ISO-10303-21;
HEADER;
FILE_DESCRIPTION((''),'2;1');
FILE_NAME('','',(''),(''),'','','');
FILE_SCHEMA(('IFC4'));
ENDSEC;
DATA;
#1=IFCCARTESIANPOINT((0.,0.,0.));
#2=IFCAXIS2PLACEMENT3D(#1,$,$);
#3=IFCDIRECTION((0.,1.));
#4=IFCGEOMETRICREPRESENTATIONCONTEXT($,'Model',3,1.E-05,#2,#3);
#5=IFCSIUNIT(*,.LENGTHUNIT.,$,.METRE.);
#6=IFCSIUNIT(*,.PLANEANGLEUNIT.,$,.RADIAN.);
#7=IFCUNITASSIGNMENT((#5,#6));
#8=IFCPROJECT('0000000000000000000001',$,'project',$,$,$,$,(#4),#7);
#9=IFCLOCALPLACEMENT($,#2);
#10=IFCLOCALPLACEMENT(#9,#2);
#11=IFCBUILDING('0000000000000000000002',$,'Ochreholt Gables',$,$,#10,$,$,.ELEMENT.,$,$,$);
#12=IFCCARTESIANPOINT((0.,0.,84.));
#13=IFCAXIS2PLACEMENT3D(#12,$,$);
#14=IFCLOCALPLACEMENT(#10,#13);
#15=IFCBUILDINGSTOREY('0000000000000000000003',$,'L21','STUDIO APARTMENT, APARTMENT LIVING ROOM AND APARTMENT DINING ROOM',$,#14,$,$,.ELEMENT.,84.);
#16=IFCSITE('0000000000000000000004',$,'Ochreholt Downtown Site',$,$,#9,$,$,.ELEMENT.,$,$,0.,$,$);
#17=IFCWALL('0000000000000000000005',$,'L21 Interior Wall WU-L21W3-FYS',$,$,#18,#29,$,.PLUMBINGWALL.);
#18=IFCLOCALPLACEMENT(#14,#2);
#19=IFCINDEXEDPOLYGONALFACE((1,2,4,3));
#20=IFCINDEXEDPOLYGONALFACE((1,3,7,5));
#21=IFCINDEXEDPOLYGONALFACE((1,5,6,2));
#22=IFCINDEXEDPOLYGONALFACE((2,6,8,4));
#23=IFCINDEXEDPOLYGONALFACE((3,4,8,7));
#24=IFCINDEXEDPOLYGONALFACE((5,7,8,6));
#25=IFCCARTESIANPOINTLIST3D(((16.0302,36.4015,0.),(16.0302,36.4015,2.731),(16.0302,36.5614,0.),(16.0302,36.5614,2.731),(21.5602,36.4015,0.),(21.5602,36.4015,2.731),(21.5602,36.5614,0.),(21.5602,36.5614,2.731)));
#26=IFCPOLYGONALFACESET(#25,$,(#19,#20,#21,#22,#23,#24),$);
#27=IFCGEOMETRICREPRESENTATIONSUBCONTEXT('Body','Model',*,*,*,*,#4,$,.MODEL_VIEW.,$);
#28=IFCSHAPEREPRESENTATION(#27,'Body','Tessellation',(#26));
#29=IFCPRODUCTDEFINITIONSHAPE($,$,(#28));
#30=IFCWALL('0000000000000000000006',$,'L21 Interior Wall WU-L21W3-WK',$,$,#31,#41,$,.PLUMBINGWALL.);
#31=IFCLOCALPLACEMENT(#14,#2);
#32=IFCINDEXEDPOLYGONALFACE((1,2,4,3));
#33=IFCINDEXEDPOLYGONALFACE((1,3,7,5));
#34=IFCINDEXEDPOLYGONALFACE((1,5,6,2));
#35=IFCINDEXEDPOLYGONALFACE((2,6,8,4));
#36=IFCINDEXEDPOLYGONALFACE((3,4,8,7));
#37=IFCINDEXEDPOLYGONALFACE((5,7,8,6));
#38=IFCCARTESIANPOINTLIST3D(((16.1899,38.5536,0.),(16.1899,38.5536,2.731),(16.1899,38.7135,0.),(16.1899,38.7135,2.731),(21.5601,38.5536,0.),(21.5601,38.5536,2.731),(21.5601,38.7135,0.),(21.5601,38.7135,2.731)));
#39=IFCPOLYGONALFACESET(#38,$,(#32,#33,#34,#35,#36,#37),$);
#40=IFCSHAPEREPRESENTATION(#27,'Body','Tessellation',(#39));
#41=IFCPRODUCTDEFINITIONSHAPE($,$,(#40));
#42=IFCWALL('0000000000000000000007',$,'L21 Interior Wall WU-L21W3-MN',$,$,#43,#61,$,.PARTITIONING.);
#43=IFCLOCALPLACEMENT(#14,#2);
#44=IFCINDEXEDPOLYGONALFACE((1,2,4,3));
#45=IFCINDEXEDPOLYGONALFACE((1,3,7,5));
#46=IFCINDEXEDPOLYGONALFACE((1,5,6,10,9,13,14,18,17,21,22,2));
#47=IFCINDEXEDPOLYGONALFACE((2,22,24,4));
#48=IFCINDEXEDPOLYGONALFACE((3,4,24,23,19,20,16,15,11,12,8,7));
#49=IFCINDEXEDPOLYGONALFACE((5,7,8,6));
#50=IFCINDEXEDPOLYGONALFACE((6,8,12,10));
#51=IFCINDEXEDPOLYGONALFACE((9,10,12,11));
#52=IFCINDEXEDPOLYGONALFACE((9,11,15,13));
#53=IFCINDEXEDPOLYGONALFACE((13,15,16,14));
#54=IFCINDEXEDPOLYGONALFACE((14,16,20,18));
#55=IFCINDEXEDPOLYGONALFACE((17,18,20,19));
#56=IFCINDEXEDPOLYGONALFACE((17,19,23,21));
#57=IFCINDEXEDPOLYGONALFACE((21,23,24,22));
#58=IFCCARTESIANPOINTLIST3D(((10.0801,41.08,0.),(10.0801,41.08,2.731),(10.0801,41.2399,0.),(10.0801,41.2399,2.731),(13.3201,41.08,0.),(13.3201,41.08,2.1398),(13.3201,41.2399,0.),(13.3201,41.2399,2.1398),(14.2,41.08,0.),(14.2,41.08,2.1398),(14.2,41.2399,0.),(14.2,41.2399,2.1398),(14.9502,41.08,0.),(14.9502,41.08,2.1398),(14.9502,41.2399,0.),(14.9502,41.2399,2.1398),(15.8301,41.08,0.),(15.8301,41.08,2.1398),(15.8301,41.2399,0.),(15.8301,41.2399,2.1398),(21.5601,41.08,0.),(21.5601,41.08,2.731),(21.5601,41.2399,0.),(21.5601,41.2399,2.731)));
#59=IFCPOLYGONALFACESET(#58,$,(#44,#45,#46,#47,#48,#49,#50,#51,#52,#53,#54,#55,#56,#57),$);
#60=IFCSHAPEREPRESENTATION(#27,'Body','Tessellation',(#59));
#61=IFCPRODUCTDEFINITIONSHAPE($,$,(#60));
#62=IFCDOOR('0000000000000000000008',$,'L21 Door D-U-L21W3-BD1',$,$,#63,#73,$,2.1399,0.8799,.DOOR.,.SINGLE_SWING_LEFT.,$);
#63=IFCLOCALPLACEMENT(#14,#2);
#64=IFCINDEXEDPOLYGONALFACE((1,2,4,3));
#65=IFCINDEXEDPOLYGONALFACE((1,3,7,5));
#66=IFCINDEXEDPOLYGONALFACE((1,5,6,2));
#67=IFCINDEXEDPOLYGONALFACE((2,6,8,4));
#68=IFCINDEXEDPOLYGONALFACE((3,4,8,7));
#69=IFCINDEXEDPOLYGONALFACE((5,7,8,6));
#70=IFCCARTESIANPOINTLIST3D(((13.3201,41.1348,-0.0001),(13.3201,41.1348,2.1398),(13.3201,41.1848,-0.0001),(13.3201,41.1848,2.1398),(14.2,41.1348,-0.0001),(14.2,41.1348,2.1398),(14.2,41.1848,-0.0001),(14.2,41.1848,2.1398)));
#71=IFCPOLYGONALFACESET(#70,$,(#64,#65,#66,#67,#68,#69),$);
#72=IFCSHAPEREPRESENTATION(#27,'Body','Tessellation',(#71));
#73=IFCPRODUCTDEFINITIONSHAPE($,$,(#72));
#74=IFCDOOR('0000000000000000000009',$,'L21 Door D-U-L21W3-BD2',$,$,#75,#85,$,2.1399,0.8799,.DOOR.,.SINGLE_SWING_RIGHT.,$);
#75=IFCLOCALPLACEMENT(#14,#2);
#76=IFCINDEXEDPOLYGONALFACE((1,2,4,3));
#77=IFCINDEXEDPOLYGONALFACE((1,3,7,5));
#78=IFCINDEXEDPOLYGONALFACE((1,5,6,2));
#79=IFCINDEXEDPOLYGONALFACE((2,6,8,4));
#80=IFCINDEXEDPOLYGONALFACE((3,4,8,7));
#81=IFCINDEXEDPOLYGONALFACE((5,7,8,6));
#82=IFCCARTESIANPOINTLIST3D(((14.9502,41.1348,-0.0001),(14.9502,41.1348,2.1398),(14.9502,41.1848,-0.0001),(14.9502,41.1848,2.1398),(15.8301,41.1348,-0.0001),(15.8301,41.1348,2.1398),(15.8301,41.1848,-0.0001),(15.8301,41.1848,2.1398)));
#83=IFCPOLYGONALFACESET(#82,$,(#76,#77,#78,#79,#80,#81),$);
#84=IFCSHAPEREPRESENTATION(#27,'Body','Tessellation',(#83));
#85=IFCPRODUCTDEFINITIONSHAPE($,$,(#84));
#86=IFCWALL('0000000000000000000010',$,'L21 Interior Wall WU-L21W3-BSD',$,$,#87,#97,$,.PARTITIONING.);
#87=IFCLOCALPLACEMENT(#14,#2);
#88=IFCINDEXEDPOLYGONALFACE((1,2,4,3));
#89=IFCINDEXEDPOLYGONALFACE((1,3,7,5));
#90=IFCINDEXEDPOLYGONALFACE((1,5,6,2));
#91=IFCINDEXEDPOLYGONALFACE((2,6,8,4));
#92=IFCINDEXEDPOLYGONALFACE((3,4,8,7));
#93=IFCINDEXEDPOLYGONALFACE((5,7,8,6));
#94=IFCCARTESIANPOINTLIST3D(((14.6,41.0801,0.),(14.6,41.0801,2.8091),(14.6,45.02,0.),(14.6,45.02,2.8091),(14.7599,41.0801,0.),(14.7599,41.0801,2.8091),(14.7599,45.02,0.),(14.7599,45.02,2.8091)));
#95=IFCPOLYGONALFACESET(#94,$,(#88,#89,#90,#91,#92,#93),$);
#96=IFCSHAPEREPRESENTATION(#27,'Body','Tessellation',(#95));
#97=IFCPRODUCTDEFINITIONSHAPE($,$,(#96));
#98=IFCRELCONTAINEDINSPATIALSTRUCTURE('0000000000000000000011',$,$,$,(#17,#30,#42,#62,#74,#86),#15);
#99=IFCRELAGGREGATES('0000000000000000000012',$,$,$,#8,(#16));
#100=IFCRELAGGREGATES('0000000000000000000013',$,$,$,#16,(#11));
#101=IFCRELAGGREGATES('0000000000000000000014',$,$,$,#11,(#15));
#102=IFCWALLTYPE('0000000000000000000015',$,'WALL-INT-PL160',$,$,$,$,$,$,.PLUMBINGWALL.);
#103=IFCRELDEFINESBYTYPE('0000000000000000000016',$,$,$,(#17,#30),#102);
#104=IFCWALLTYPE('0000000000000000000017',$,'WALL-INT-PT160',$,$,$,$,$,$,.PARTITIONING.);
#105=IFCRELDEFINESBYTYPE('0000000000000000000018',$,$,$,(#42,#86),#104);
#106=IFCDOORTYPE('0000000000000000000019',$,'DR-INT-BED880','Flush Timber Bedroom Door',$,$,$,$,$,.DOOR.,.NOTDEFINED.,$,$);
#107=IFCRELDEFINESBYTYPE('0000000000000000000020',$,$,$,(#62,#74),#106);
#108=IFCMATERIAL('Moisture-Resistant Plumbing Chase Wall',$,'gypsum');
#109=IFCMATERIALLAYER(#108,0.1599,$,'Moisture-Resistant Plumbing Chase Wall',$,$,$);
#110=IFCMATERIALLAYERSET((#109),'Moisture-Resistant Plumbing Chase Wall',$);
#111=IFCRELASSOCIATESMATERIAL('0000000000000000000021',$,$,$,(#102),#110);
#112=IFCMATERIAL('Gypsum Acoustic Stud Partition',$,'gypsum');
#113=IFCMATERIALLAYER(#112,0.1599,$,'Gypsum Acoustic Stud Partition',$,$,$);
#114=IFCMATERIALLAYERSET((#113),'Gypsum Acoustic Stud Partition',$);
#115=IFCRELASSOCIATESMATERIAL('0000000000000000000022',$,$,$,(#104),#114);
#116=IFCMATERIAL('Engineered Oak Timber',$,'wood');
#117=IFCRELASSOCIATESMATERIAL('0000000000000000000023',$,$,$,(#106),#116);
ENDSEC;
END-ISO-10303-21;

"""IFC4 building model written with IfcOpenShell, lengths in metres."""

from ifc_helpers import new_model, si_unit, direction, frame, frame_2d, origin, place, context, subcontext, project, spatial, rectangle, extrude, material, layer, layer_set, type_object, element, fill, save


model = new_model("IFC4")

# Units and contexts
model_context = context("Model", 3, precision=1e-05, world=origin(), true_north=direction((0.0, 1.0)))
body_context = subcontext(model_context, "Body", "Model", "MODEL_VIEW")
ifc_project = project(units=[si_unit("LENGTHUNIT", "METRE"), si_unit("PLANEANGLEUNIT", "RADIAN")], contexts=[model_context])

# Site, building, storey
site_placement = place(None, origin())
site = spatial("IfcSite", under=ifc_project, at=site_placement, Name="Ochreholt Downtown Site", CompositionType="ELEMENT", RefElevation=0.0)
building_placement = place(site_placement, origin())
building = spatial("IfcBuilding", under=site, at=building_placement, Name="Ochreholt Gables", CompositionType="ELEMENT")
storey_placement = place(building_placement, frame((0.0, 0.0, 84.0)))
storey = spatial("IfcBuildingStorey", under=building, at=storey_placement, Name="L21", Description="STUDIO APARTMENT, APARTMENT LIVING ROOM AND APARTMENT DINING ROOM", CompositionType="ELEMENT", Elevation=84.0)

# Wall
ifc_material_1 = material(Name="Moisture-Resistant Plumbing Chase Wall", Category="gypsum")
ifc_layer_1 = layer(ifc_material_1, 0.1599, Name="Moisture-Resistant Plumbing Chase Wall")
ifc_layer_set_1 = layer_set([ifc_layer_1], Name="Moisture-Resistant Plumbing Chase Wall")
wall_type_1 = type_object("IfcWallType", Name="WALL-INT-PL160", PredefinedType="PLUMBINGWALL", material=ifc_layer_set_1)
wall_1_placement = place(storey_placement, frame((16.03, 36.4814, 0.0), z_axis=(0.0, 0.0, 1.0), x_axis=(1.0, 0.0, 0.0)))
element("IfcWall", 1, at=wall_1_placement, inside=storey, type_object=wall_type_1, Name="L21 Interior Wall WU-L21W3-FYS", PredefinedType="PLUMBINGWALL", context=body_context, shape_type="SweptSolid", body=[
    extrude(rectangle(XDim=5.53, YDim=0.1599, at=frame_2d((2.7651, 0.0))), origin(), (0.0, 0.0, 1.0), 2.731),
])

# Shared definitions
ifc_material_2 = material(Name="Engineered Oak Timber", Category="wood")

# Wall
wall_2_placement = place(storey_placement, frame((16.1899, 38.6335, 0.0), z_axis=(0.0, 0.0, 1.0), x_axis=(1.0, 0.0, 0.0)))
element("IfcWall", 2, at=wall_2_placement, inside=storey, type_object=wall_type_1, Name="L21 Interior Wall WU-L21W3-WK", PredefinedType="PLUMBINGWALL", context=body_context, shape_type="SweptSolid", body=[
    extrude(rectangle(XDim=5.3701, YDim=0.1599, at=frame_2d((2.6851, 0.0))), origin(), (0.0, 0.0, 1.0), 2.731),
])

# Wall, openings, doors
ifc_material_3 = material(Name="Gypsum Acoustic Stud Partition", Category="gypsum")
ifc_layer_2 = layer(ifc_material_3, 0.1599, Name="Gypsum Acoustic Stud Partition")
ifc_layer_set_2 = layer_set([ifc_layer_2], Name="Gypsum Acoustic Stud Partition")
wall_type_2 = type_object("IfcWallType", Name="WALL-INT-PT160", PredefinedType="PARTITIONING", material=ifc_layer_set_2)
wall_3_placement = place(storey_placement, frame((10.0801, 41.1599, 0.0), z_axis=(0.0, 0.0, 1.0), x_axis=(1.0, 0.0, 0.0)))
wall_3 = element("IfcWall", 3, at=wall_3_placement, inside=storey, type_object=wall_type_2, Name="L21 Interior Wall WU-L21W3-MN", PredefinedType="PARTITIONING", context=body_context, shape_type="SweptSolid", body=[
    extrude(rectangle(XDim=11.48, YDim=0.1599, at=frame_2d((5.74, 0.0))), origin(), (0.0, 0.0, 1.0), 2.731),
])
opening_1_placement = place(wall_3_placement, frame((3.24, 0.0, 0.0)))
opening_1 = element("IfcOpeningElement", 4, at=opening_1_placement, cuts=wall_3, PredefinedType="OPENING", context=body_context, shape_type="SweptSolid", body=[
    extrude(rectangle(XDim=0.8799, YDim=2.1399, at=frame_2d((0.4399, 1.0698))), frame((0.0, 0.0898, 0.0), z_axis=(0.0, -1.0, 0.0), x_axis=(1.0, 0.0, 0.0)), (0.0, 0.0, 1.0), 0.1799),
])
opening_2_placement = place(wall_3_placement, frame((4.8701, 0.0, 0.0)))
opening_2 = element("IfcOpeningElement", 5, at=opening_2_placement, cuts=wall_3, PredefinedType="OPENING", context=body_context, shape_type="SweptSolid", body=[
    extrude(rectangle(XDim=0.8799, YDim=2.1399, at=frame_2d((0.4399, 1.0698))), frame((0.0, 0.0898, 0.0), z_axis=(0.0, -1.0, 0.0), x_axis=(1.0, 0.0, 0.0)), (0.0, 0.0, 1.0), 0.1799),
])
door_type_1 = type_object("IfcDoorType", Name="DR-INT-BED880", Description="Flush Timber Bedroom Door", OperationType="NOTDEFINED", PredefinedType="DOOR", material=ifc_material_2)
door_1_placement = place(opening_1_placement, origin())
door_1 = element("IfcDoor", 6, at=door_1_placement, inside=storey, type_object=door_type_1, Name="L21 Door D-U-L21W3-BD1", OperationType="SINGLE_SWING_LEFT", OverallHeight=2.1399, OverallWidth=0.8799, PredefinedType="DOOR", context=body_context, shape_type="SweptSolid", body=[
    extrude(rectangle(XDim=0.8799, YDim=2.1399, at=frame_2d((0.4399, 1.0698))), frame((0.0, 0.0249, 0.0), z_axis=(0.0, -1.0, 0.0), x_axis=(1.0, 0.0, 0.0)), (0.0, 0.0, 1.0), 0.05),
])
fill(opening_1, door_1)
door_2_placement = place(opening_2_placement, origin())
door_2 = element("IfcDoor", 7, at=door_2_placement, inside=storey, type_object=door_type_1, Name="L21 Door D-U-L21W3-BD2", OperationType="SINGLE_SWING_RIGHT", OverallHeight=2.1399, OverallWidth=0.8799, PredefinedType="DOOR", context=body_context, shape_type="SweptSolid", body=[
    extrude(rectangle(XDim=0.8799, YDim=2.1399, at=frame_2d((0.4399, 1.0698))), frame((0.0, 0.0249, 0.0), z_axis=(0.0, -1.0, 0.0), x_axis=(1.0, 0.0, 0.0)), (0.0, 0.0, 1.0), 0.05),
])
fill(opening_2, door_2)

# Wall
wall_4_placement = place(storey_placement, frame((14.6799, 41.0801, 0.0), z_axis=(0.0, 0.0, 1.0), x_axis=(0.0, 1.0, 0.0)))
element("IfcWall", 8, at=wall_4_placement, inside=storey, type_object=wall_type_2, Name="L21 Interior Wall WU-L21W3-BSD", PredefinedType="PARTITIONING", context=body_context, shape_type="SweptSolid", body=[
    extrude(rectangle(XDim=3.9399, YDim=0.1599, at=frame_2d((1.97, 0.0))), origin(), (0.0, 0.0, 1.0), 2.8091),
])

save(model, "model.ifc")
